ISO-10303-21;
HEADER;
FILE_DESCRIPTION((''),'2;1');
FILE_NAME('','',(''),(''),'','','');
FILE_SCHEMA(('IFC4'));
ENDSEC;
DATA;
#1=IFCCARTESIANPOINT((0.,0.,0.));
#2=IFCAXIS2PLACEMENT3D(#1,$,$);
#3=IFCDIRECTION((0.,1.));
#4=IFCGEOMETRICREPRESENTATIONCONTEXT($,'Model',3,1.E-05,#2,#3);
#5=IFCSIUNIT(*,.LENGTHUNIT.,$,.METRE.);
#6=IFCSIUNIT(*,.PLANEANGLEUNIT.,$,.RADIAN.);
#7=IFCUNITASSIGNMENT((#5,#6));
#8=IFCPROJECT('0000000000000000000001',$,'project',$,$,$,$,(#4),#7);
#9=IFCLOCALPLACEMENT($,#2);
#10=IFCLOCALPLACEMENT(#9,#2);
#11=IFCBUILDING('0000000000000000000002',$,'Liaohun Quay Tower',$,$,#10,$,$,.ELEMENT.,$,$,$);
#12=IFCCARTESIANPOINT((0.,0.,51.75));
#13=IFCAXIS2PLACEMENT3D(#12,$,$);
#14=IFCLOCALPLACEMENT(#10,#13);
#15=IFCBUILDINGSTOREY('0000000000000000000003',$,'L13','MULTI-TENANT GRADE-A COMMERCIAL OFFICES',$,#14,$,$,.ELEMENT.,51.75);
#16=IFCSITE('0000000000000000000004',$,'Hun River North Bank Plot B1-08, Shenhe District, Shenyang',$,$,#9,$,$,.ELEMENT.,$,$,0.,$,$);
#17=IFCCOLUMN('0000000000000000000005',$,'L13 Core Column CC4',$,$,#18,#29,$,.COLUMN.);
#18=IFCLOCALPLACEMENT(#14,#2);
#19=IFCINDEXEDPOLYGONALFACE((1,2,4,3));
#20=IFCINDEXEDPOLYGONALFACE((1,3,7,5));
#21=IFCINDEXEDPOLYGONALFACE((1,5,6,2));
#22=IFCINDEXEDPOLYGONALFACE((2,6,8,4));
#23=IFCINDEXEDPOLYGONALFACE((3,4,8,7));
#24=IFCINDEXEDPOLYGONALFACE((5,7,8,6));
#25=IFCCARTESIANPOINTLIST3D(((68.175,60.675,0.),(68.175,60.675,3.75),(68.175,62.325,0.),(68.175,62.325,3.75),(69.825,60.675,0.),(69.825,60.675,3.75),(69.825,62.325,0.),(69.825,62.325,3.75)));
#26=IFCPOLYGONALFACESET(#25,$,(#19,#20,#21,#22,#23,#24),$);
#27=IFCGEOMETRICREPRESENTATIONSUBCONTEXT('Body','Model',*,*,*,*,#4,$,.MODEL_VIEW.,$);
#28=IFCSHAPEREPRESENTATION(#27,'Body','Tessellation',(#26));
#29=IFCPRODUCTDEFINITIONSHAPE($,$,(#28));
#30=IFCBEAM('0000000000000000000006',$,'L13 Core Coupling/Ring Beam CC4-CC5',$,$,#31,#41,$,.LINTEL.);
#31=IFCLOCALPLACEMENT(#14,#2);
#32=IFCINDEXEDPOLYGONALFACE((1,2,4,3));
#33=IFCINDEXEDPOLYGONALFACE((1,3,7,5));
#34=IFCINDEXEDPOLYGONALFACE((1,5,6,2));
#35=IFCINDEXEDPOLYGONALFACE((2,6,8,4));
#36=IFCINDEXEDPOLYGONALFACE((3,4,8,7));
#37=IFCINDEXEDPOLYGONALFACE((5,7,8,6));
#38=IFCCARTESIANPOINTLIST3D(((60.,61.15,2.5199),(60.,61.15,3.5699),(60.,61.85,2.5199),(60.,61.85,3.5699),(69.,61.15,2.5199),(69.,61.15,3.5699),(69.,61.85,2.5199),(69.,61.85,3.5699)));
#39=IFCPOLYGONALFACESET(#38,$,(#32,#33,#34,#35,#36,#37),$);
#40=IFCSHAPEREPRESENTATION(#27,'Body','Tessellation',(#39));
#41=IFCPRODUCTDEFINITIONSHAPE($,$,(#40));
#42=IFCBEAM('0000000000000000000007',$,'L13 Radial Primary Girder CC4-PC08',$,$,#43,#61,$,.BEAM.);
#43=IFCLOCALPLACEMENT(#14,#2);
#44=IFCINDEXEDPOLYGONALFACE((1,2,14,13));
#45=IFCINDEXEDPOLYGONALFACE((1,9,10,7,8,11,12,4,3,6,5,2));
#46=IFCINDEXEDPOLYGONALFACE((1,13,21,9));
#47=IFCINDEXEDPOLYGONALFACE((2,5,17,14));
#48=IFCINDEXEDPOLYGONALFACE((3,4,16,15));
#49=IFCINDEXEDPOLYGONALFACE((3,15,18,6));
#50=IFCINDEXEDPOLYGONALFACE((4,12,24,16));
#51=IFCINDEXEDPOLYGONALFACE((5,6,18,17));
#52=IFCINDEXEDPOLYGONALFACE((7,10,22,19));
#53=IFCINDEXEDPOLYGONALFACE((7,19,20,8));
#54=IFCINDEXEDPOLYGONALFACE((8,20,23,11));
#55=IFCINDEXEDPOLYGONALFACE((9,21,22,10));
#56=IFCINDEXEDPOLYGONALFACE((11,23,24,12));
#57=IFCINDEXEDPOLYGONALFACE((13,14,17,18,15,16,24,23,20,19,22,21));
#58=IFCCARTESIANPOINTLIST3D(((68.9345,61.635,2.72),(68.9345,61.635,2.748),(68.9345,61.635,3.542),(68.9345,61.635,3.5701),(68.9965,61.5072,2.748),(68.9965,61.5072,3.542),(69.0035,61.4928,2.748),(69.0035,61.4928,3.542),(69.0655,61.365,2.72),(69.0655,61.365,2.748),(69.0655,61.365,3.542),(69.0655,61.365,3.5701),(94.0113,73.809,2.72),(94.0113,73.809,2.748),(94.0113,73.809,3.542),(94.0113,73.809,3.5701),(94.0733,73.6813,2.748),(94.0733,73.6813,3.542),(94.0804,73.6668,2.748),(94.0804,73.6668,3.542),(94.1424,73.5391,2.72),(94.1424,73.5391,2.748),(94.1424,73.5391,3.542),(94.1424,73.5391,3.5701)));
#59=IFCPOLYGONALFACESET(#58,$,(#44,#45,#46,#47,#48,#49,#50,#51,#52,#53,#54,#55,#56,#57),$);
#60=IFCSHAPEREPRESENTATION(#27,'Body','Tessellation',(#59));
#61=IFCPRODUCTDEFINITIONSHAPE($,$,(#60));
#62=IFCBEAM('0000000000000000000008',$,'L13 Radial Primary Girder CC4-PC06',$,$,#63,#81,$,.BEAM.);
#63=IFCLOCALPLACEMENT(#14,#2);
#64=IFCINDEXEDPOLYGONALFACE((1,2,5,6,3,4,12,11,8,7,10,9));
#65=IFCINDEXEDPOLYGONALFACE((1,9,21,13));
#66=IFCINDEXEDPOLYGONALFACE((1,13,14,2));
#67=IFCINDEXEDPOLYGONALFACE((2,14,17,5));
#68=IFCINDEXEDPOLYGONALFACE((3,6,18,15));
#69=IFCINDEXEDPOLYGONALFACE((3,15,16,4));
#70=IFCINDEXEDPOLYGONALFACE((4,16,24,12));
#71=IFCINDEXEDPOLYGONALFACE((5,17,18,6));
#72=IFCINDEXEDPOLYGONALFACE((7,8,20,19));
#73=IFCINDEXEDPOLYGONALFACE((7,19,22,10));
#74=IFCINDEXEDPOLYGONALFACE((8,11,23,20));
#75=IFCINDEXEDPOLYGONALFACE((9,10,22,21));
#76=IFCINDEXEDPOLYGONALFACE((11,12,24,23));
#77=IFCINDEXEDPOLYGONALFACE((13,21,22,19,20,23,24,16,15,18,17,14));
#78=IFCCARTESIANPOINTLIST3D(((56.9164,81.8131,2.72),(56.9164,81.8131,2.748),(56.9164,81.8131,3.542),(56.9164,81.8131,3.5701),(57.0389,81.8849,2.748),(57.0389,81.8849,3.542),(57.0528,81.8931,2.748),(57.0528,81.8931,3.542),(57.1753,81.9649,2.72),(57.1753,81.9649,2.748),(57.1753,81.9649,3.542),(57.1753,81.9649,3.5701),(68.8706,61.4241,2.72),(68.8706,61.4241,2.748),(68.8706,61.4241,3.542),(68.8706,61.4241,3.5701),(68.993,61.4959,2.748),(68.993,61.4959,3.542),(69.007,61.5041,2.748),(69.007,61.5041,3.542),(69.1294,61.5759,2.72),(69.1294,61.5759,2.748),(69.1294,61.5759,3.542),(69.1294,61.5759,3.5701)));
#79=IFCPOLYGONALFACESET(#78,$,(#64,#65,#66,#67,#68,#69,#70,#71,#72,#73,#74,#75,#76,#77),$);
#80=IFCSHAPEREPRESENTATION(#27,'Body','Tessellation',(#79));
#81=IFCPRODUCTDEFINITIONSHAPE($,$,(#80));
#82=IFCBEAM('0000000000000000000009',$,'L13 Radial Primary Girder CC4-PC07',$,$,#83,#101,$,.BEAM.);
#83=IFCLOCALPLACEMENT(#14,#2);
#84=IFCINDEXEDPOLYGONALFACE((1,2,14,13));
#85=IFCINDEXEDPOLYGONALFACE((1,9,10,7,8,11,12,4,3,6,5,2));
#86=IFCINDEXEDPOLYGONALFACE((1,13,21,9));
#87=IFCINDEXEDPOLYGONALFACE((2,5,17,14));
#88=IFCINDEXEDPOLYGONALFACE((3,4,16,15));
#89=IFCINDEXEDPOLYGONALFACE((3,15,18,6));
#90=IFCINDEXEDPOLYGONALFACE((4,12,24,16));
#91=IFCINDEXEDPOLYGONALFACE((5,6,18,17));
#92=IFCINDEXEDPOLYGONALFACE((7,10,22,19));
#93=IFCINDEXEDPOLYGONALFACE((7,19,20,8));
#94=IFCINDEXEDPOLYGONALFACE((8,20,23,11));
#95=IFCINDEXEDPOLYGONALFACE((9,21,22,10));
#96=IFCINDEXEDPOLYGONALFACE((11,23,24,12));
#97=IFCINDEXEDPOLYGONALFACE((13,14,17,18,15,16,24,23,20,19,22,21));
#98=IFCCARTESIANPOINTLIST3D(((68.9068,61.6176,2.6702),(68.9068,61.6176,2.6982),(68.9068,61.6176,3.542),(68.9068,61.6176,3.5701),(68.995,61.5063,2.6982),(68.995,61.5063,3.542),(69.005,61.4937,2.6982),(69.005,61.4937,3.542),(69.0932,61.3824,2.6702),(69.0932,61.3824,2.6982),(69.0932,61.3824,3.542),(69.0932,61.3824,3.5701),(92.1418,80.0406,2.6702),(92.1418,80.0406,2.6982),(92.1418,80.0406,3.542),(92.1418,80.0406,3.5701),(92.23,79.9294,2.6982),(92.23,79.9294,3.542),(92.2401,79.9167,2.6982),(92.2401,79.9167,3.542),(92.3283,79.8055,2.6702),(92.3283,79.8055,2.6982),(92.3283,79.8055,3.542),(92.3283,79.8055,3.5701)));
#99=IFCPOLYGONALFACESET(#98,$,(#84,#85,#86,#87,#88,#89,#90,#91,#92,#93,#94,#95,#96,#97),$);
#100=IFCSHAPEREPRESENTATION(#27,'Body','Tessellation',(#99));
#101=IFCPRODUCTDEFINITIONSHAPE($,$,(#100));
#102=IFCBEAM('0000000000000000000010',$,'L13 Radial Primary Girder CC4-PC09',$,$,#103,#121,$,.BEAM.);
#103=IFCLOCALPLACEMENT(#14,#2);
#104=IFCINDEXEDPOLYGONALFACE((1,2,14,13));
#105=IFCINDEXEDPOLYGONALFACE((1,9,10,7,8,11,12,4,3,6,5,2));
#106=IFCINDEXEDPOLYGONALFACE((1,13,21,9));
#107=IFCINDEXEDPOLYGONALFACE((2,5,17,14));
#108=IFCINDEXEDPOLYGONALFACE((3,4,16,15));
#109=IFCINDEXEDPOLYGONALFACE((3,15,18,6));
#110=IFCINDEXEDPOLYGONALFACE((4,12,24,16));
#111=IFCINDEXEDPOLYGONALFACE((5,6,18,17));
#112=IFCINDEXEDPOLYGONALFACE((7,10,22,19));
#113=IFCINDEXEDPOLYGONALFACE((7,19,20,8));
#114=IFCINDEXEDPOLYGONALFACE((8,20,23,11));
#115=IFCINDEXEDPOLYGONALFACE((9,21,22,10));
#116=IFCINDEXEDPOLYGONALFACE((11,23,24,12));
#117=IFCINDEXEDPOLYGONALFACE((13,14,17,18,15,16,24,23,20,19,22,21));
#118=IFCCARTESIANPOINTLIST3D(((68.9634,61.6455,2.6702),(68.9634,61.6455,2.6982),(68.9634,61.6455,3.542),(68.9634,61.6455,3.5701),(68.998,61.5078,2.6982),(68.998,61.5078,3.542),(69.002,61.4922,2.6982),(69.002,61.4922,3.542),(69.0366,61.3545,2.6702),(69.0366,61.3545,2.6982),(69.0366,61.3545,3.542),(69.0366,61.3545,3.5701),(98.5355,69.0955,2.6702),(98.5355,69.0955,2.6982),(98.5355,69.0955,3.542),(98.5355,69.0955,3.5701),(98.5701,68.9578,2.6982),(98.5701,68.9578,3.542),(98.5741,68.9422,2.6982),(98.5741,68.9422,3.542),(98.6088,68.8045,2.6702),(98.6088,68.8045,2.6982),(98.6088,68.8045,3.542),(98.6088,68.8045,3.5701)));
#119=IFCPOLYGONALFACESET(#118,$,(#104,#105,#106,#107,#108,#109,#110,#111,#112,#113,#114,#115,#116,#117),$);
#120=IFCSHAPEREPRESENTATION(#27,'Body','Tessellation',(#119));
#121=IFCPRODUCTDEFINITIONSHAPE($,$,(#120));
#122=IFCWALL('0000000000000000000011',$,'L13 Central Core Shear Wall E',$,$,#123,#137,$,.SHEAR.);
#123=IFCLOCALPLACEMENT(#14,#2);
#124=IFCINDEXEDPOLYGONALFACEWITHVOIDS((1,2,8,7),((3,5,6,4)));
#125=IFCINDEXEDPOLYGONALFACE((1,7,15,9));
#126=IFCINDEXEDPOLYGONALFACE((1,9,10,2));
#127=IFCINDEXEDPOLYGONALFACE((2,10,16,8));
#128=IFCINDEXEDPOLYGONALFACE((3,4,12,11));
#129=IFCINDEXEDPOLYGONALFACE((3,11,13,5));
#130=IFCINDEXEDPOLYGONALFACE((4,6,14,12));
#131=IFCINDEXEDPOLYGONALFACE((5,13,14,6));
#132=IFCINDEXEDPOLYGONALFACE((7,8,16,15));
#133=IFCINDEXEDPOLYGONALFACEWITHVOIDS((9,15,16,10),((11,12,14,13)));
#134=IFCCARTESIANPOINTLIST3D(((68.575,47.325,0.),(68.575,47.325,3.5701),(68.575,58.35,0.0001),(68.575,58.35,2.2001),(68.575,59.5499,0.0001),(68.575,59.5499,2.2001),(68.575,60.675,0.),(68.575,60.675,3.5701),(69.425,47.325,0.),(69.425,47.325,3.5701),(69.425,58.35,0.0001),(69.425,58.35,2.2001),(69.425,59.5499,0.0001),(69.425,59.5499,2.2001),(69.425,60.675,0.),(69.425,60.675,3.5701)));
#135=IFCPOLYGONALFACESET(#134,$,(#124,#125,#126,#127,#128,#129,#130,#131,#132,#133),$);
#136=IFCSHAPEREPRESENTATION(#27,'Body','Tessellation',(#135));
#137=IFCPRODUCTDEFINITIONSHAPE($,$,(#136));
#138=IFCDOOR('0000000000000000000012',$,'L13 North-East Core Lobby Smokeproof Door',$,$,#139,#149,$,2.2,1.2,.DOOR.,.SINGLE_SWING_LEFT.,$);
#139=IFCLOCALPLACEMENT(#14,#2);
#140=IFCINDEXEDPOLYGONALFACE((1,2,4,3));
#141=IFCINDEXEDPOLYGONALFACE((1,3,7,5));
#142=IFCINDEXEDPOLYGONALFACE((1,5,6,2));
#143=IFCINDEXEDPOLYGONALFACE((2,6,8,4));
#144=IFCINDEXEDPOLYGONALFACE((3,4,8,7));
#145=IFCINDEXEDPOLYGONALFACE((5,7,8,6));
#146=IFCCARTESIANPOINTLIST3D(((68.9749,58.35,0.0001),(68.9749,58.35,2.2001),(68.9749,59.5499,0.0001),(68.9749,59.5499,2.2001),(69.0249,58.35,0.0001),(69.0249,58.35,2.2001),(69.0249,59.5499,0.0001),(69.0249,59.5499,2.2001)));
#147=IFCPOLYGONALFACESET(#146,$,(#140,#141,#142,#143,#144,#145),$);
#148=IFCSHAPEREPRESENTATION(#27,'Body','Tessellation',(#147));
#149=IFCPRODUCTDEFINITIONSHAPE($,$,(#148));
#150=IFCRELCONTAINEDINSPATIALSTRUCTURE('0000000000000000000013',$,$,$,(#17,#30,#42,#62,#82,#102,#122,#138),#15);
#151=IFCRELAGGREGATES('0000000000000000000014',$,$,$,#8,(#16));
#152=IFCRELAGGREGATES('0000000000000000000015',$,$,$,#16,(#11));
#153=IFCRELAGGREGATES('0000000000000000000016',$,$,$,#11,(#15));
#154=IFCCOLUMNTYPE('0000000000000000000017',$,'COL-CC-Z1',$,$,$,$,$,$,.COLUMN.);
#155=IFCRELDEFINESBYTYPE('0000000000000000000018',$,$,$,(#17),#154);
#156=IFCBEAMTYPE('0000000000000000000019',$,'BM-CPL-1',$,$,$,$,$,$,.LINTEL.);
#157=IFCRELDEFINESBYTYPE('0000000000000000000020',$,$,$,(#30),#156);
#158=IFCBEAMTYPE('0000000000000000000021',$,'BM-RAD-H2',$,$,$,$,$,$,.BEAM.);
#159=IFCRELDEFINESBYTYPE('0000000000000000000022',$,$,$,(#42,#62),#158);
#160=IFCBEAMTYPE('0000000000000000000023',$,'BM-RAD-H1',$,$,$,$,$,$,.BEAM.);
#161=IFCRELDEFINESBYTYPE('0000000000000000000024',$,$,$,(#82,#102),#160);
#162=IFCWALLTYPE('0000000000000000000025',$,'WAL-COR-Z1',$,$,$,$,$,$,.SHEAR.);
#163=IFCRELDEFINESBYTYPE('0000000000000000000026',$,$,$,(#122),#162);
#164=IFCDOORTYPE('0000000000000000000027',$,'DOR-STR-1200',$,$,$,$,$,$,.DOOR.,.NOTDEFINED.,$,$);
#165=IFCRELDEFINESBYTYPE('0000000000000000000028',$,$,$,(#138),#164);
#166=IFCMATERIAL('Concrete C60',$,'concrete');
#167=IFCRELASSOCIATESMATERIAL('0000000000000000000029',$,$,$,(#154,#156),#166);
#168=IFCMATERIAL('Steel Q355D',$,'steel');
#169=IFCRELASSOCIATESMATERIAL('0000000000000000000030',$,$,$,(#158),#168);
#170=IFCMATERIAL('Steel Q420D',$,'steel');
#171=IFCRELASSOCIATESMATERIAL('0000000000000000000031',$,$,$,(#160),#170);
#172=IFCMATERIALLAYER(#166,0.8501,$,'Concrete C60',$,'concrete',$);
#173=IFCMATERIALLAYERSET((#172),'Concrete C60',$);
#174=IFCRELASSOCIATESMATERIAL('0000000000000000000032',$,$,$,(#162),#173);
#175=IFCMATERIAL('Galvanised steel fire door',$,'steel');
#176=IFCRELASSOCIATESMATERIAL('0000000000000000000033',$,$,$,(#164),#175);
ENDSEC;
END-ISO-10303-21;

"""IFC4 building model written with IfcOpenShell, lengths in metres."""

from ifc_helpers import new_model, si_unit, direction, frame, frame_2d, origin, origin_2d, place, context, subcontext, project, spatial, rectangle, i_section, extrude, source, transform, mapped, material, layer, layer_set, material_profile, profile_set, type_object, element, fill, save


model = new_model("IFC4")

# Units and contexts
model_context = context("Model", 3, precision=1e-05, world=origin(), true_north=direction((0.0, 1.0)))
body_context = subcontext(model_context, "Body", "Model", "MODEL_VIEW")
ifc_project = project(units=[si_unit("LENGTHUNIT", "METRE"), si_unit("PLANEANGLEUNIT", "RADIAN")], contexts=[model_context])

# Site, building, storey
site_placement = place(None, origin())
site = spatial("IfcSite", under=ifc_project, at=site_placement, Name="Hun River North Bank Plot B1-08, Shenhe District, Shenyang", CompositionType="ELEMENT", RefElevation=0.0)
building_placement = place(site_placement, origin())
building = spatial("IfcBuilding", under=site, at=building_placement, Name="Liaohun Quay Tower", CompositionType="ELEMENT")
storey_placement = place(building_placement, frame((0.0, 0.0, 51.75)))
storey = spatial("IfcBuildingStorey", under=building, at=storey_placement, Name="L13", Description="MULTI-TENANT GRADE-A COMMERCIAL OFFICES", CompositionType="ELEMENT", Elevation=51.75)

# Column
ifc_material_1 = material(Name="Concrete C60", Category="concrete")
ifc_material_profile_1 = material_profile(ifc_material_1, rectangle(XDim=1.6499, YDim=1.6499, at=origin_2d()), Name="RC1650x1650")
ifc_profile_set_1 = profile_set([ifc_material_profile_1], Name="Concrete C60")
column_type = type_object("IfcColumnType", Name="COL-CC-Z1", PredefinedType="COLUMN", material=ifc_profile_set_1)
shared_shape_1 = source(origin(), body_context, "Body", "SweptSolid", [
    extrude(rectangle(XDim=1.6499, YDim=1.6499, at=origin_2d()), origin(), (0.0, 0.0, 1.0), 3.75),
])
column_placement = place(storey_placement, frame((69.0, 61.5, 0.0), z_axis=(0.0, 0.0, 1.0), x_axis=(1.0, 0.0, 0.0)))
element("IfcColumn", 1, at=column_placement, inside=storey, type_object=column_type, Name="L13 Core Column CC4", PredefinedType="COLUMN", context=body_context, shape_type="MappedRepresentation", body=[
    mapped(shared_shape_1, transform((0.0, 0.0, 0.0), x_axis=(1.0, 0.0, 0.0), y_axis=(0.0, 1.0, 0.0), z_axis=(0.0, 0.0, 1.0), scale=1.0)),
])

# Beams
ifc_material_profile_2 = material_profile(ifc_material_1, rectangle(XDim=0.7, YDim=1.05, at=origin_2d()), Name="RC700x1050")
ifc_profile_set_2 = profile_set([ifc_material_profile_2], Name="Concrete C60")
beam_type_1 = type_object("IfcBeamType", Name="BM-CPL-1", PredefinedType="LINTEL", material=ifc_profile_set_2)
shared_shape_2 = source(origin(), body_context, "Body", "SweptSolid", [
    extrude(rectangle(XDim=0.7, YDim=1.05, at=origin_2d()), origin(), (0.0, 0.0, 1.0), 9.0),
])
beam_1_placement = place(storey_placement, frame((69.0, 61.5, 3.0449), z_axis=(-1.0, 0.0, 0.0), x_axis=(0.0, -1.0, 0.0)))
element("IfcBeam", 2, at=beam_1_placement, inside=storey, type_object=beam_type_1, Name="L13 Core Coupling/Ring Beam CC4-CC5", PredefinedType="LINTEL", context=body_context, shape_type="MappedRepresentation", body=[
    mapped(shared_shape_2, transform((0.0, 0.0, 0.0), x_axis=(1.0, 0.0, 0.0), y_axis=(0.0, 1.0, 0.0), z_axis=(0.0, 0.0, 1.0), scale=1.0)),
])
ifc_material_2 = material(Name="Steel Q355D", Category="steel")
ifc_material_profile_3 = material_profile(ifc_material_2, i_section(OverallWidth=0.3, OverallDepth=0.8501, WebThickness=0.0161, FlangeThickness=0.0281, at=origin_2d()), Name="HN850x300x16x28")
ifc_profile_set_3 = profile_set([ifc_material_profile_3], Name="Steel Q355D")
beam_type_2 = type_object("IfcBeamType", Name="BM-RAD-H2", PredefinedType="BEAM", material=ifc_profile_set_3)
shared_shape_3 = source(origin(), body_context, "Body", "SweptSolid", [
    extrude(i_section(OverallWidth=0.3, OverallDepth=0.8501, WebThickness=0.0161, FlangeThickness=0.0281, at=origin_2d()), origin(), (0.0, 0.0, 1.0), 27.8757),
])
beam_2_placement = place(storey_placement, frame((69.0, 61.5, 3.145), z_axis=(0.899595, 0.436726, 0.0), x_axis=(-0.436726, 0.899595, 0.0)))
element("IfcBeam", 3, at=beam_2_placement, inside=storey, type_object=beam_type_2, Name="L13 Radial Primary Girder CC4-PC08", PredefinedType="BEAM", context=body_context, shape_type="MappedRepresentation", body=[
    mapped(shared_shape_3, transform((0.0, 0.0, 0.0), x_axis=(1.0, 0.0, 0.0), y_axis=(0.0, 1.0, 0.0), z_axis=(0.0, 0.0, 1.0), scale=1.0)),
])
shared_shape_4 = source(origin(), body_context, "Body", "SweptSolid", [
    extrude(i_section(OverallWidth=0.3, OverallDepth=0.8501, WebThickness=0.0161, FlangeThickness=0.0281, at=origin_2d()), origin(), (0.0, 0.0, 1.0), 23.635),
])
beam_3_placement = place(storey_placement, frame((69.0, 61.5, 3.145), z_axis=(-0.505782, 0.862661, 0.0), x_axis=(-0.862661, -0.505782, 0.0)))
element("IfcBeam", 4, at=beam_3_placement, inside=storey, type_object=beam_type_2, Name="L13 Radial Primary Girder CC4-PC06", PredefinedType="BEAM", context=body_context, shape_type="MappedRepresentation", body=[
    mapped(shared_shape_4, transform((0.0, 0.0, 0.0), x_axis=(1.0, 0.0, 0.0), y_axis=(0.0, 1.0, 0.0), z_axis=(0.0, 0.0, 1.0), scale=1.0)),
])
ifc_material_3 = material(Name="Steel Q420D", Category="steel")
ifc_material_profile_4 = material_profile(ifc_material_3, i_section(OverallWidth=0.3, OverallDepth=0.8999, WebThickness=0.0161, FlangeThickness=0.0281, at=origin_2d()), Name="HN900x300x16x28")
ifc_profile_set_4 = profile_set([ifc_material_profile_4], Name="Steel Q420D")
beam_type_3 = type_object("IfcBeamType", Name="BM-RAD-H1", PredefinedType="BEAM", material=ifc_profile_set_4)
shared_shape_5 = source(origin(), body_context, "Body", "SweptSolid", [
    extrude(i_section(OverallWidth=0.3, OverallDepth=0.8999, WebThickness=0.0161, FlangeThickness=0.0281, at=origin_2d()), origin(), (0.0, 0.0, 1.0), 29.6526),
])
beam_4_placement = place(storey_placement, frame((69.0, 61.5, 3.1201), z_axis=(0.783576, 0.621296, 0.0), x_axis=(-0.621296, 0.783576, 0.0)))
element("IfcBeam", 5, at=beam_4_placement, inside=storey, type_object=beam_type_3, Name="L13 Radial Primary Girder CC4-PC07", PredefinedType="BEAM", context=body_context, shape_type="MappedRepresentation", body=[
    mapped(shared_shape_5, transform((0.0, 0.0, 0.0), x_axis=(1.0, 0.0, 0.0), y_axis=(0.0, 1.0, 0.0), z_axis=(0.0, 0.0, 1.0), scale=1.0)),
])
shared_shape_6 = source(origin(), body_context, "Body", "SweptSolid", [
    extrude(i_section(OverallWidth=0.3, OverallDepth=0.8999, WebThickness=0.0161, FlangeThickness=0.0281, at=origin_2d()), origin(), (0.0, 0.0, 1.0), 30.4961),
])
beam_5_placement = place(storey_placement, frame((69.0, 61.5, 3.1201), z_axis=(0.969702, 0.244293, 0.0), x_axis=(-0.244293, 0.969702, 0.0)))
element("IfcBeam", 6, at=beam_5_placement, inside=storey, type_object=beam_type_3, Name="L13 Radial Primary Girder CC4-PC09", PredefinedType="BEAM", context=body_context, shape_type="MappedRepresentation", body=[
    mapped(shared_shape_6, transform((0.0, 0.0, 0.0), x_axis=(1.0, 0.0, 0.0), y_axis=(0.0, 1.0, 0.0), z_axis=(0.0, 0.0, 1.0), scale=1.0)),
])

# Wall, opening, door
ifc_layer_1 = layer(ifc_material_1, 0.8501, Name="Concrete C60", Category="concrete")
ifc_layer_set_1 = layer_set([ifc_layer_1], Name="Concrete C60")
wall_type_1 = type_object("IfcWallType", Name="WAL-COR-Z1", PredefinedType="SHEAR", material=ifc_layer_set_1)
wall_1_placement = place(storey_placement, frame((69.0, 60.675, 0.0), z_axis=(0.0, 0.0, 1.0), x_axis=(0.0, -1.0, 0.0)))
wall_1 = element("IfcWall", 7, at=wall_1_placement, inside=storey, type_object=wall_type_1, Name="L13 Central Core Shear Wall E", PredefinedType="SHEAR", context=body_context, shape_type="SweptSolid", body=[
    extrude(rectangle(XDim=13.3501, YDim=0.8501, at=frame_2d((6.675, 0.0))), origin(), (0.0, 0.0, 1.0), 3.5701),
])
shared_shape_7 = source(origin(), body_context, "Body", "SweptSolid", [
    extrude(rectangle(XDim=1.2, YDim=2.2, at=frame_2d((0.6001, 1.1001))), frame((0.0, 0.4351, 0.0), z_axis=(0.0, -1.0, 0.0), x_axis=(1.0, 0.0, 0.0)), (0.0, 0.0, 1.0), 0.8701),
])
opening_1_placement = place(wall_1_placement, frame((1.125, 0.0, 0.0)))
opening_1 = element("IfcOpeningElement", 8, at=opening_1_placement, cuts=wall_1, PredefinedType="OPENING", context=body_context, shape_type="MappedRepresentation", body=[
    mapped(shared_shape_7, transform((0.0, 0.0, 0.0), x_axis=(1.0, 0.0, 0.0), y_axis=(0.0, 1.0, 0.0), z_axis=(0.0, 0.0, 1.0), scale=1.0)),
])
ifc_material_4 = material(Name="Galvanised steel fire door", Category="steel")
door_type_1 = type_object("IfcDoorType", Name="DOR-STR-1200", OperationType="NOTDEFINED", PredefinedType="DOOR", material=ifc_material_4)
shared_shape_8 = source(origin(), body_context, "Body", "SweptSolid", [
    extrude(rectangle(XDim=1.2, YDim=2.2, at=frame_2d((0.6001, 1.1001))), frame((0.0, 0.0249, 0.0), z_axis=(0.0, -1.0, 0.0), x_axis=(1.0, 0.0, 0.0)), (0.0, 0.0, 1.0), 0.05),
])
door_1_placement = place(opening_1_placement, origin())
door_1 = element("IfcDoor", 9, at=door_1_placement, inside=storey, type_object=door_type_1, Name="L13 North-East Core Lobby Smokeproof Door", OperationType="SINGLE_SWING_LEFT", OverallHeight=2.2, OverallWidth=1.2, PredefinedType="DOOR", context=body_context, shape_type="MappedRepresentation", body=[
    mapped(shared_shape_8, transform((0.0, 0.0, 0.0), x_axis=(1.0, 0.0, 0.0), y_axis=(0.0, 1.0, 0.0), z_axis=(0.0, 0.0, 1.0), scale=1.0)),
])
fill(opening_1, door_1)

save(model, "model.ifc")
